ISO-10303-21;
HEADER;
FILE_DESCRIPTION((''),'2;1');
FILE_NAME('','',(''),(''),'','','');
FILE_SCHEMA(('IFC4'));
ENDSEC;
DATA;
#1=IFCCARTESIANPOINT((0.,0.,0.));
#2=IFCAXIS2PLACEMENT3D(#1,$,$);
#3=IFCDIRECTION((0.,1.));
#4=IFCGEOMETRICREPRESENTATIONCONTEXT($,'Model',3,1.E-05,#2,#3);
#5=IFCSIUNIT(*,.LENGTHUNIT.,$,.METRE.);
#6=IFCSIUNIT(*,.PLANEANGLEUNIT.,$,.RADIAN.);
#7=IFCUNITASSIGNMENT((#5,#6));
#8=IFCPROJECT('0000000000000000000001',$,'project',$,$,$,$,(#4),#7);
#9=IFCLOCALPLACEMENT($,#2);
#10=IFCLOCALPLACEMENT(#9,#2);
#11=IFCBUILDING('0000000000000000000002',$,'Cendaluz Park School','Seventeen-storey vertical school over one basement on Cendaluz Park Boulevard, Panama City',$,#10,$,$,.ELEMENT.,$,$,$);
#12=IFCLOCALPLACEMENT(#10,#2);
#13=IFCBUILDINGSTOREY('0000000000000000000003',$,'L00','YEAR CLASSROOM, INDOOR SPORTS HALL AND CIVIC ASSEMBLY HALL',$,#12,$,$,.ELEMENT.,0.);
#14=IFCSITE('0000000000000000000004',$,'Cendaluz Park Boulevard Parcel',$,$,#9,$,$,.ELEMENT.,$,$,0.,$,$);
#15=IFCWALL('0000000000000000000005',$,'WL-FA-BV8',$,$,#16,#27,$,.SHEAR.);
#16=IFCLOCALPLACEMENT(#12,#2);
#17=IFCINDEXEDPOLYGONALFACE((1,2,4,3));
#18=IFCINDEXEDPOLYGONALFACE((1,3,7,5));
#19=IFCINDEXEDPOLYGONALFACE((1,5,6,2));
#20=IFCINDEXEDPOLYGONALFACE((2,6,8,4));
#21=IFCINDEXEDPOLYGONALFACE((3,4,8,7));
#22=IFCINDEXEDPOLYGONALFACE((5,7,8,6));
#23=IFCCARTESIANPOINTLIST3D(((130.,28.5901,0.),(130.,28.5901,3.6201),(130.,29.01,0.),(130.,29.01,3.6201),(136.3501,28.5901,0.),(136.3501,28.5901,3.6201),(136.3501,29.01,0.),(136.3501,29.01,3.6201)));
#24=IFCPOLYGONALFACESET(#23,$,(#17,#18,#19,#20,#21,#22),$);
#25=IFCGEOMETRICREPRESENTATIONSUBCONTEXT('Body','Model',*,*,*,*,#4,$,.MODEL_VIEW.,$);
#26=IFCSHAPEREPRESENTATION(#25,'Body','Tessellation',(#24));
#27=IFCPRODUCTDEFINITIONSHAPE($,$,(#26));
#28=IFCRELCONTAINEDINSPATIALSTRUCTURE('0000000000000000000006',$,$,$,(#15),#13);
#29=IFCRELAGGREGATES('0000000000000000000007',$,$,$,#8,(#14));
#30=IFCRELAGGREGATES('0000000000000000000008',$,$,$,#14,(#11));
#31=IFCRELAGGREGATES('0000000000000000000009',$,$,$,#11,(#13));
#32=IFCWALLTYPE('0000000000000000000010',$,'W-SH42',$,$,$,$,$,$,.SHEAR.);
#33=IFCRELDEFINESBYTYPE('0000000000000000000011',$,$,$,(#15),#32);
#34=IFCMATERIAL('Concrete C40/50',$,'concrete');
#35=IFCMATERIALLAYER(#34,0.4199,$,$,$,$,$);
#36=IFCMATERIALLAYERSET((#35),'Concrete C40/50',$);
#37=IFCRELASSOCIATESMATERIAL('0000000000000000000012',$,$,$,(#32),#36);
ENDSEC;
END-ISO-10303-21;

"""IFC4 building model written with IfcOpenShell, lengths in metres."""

from ifc_helpers import new_model, si_unit, direction, frame, frame_2d, origin, place, context, subcontext, project, spatial, rectangle, extrude, material, layer, layer_set, type_object, element, save


model = new_model("IFC4")

# Units and contexts
model_context = context("Model", 3, precision=1e-05, world=origin(), true_north=direction((0.0, 1.0)))
body_context = subcontext(model_context, "Body", "Model", "MODEL_VIEW")
ifc_project = project(units=[si_unit("LENGTHUNIT", "METRE"), si_unit("PLANEANGLEUNIT", "RADIAN")], contexts=[model_context])

# Site, building, storey
site_placement = place(None, origin())
site = spatial("IfcSite", under=ifc_project, at=site_placement, Name="Cendaluz Park Boulevard Parcel", CompositionType="ELEMENT", RefElevation=0.0)
building_placement = place(site_placement, origin())
building = spatial("IfcBuilding", under=site, at=building_placement, Name="Cendaluz Park School", Description="Seventeen-storey vertical school over one basement on Cendaluz Park Boulevard, Panama City", CompositionType="ELEMENT")
storey_placement = place(building_placement, origin())
storey = spatial("IfcBuildingStorey", under=building, at=storey_placement, Name="L00", Description="YEAR CLASSROOM, INDOOR SPORTS HALL AND CIVIC ASSEMBLY HALL", CompositionType="ELEMENT", Elevation=0.0)

# Shared definitions
ifc_material_1 = material(Name="Concrete C40/50", Category="concrete")

# Wall
ifc_layer_1 = layer(ifc_material_1, 0.4199)
ifc_layer_set_1 = layer_set([ifc_layer_1], Name="Concrete C40/50")
wall_type_1 = type_object("IfcWallType", Name="W-SH42", PredefinedType="SHEAR", material=ifc_layer_set_1)
wall_1_placement = place(storey_placement, frame((130.0, 28.8, 0.0), z_axis=(0.0, 0.0, 1.0), x_axis=(1.0, 0.0, 0.0)))
element("IfcWall", 1, at=wall_1_placement, inside=storey, type_object=wall_type_1, Name="WL-FA-BV8", PredefinedType="SHEAR", context=body_context, shape_type="SweptSolid", body=[
    extrude(rectangle(XDim=6.3501, YDim=0.4199, at=frame_2d((3.175, 0.0))), origin(), (0.0, 0.0, 1.0), 3.6201),
])

save(model, "model.ifc")
